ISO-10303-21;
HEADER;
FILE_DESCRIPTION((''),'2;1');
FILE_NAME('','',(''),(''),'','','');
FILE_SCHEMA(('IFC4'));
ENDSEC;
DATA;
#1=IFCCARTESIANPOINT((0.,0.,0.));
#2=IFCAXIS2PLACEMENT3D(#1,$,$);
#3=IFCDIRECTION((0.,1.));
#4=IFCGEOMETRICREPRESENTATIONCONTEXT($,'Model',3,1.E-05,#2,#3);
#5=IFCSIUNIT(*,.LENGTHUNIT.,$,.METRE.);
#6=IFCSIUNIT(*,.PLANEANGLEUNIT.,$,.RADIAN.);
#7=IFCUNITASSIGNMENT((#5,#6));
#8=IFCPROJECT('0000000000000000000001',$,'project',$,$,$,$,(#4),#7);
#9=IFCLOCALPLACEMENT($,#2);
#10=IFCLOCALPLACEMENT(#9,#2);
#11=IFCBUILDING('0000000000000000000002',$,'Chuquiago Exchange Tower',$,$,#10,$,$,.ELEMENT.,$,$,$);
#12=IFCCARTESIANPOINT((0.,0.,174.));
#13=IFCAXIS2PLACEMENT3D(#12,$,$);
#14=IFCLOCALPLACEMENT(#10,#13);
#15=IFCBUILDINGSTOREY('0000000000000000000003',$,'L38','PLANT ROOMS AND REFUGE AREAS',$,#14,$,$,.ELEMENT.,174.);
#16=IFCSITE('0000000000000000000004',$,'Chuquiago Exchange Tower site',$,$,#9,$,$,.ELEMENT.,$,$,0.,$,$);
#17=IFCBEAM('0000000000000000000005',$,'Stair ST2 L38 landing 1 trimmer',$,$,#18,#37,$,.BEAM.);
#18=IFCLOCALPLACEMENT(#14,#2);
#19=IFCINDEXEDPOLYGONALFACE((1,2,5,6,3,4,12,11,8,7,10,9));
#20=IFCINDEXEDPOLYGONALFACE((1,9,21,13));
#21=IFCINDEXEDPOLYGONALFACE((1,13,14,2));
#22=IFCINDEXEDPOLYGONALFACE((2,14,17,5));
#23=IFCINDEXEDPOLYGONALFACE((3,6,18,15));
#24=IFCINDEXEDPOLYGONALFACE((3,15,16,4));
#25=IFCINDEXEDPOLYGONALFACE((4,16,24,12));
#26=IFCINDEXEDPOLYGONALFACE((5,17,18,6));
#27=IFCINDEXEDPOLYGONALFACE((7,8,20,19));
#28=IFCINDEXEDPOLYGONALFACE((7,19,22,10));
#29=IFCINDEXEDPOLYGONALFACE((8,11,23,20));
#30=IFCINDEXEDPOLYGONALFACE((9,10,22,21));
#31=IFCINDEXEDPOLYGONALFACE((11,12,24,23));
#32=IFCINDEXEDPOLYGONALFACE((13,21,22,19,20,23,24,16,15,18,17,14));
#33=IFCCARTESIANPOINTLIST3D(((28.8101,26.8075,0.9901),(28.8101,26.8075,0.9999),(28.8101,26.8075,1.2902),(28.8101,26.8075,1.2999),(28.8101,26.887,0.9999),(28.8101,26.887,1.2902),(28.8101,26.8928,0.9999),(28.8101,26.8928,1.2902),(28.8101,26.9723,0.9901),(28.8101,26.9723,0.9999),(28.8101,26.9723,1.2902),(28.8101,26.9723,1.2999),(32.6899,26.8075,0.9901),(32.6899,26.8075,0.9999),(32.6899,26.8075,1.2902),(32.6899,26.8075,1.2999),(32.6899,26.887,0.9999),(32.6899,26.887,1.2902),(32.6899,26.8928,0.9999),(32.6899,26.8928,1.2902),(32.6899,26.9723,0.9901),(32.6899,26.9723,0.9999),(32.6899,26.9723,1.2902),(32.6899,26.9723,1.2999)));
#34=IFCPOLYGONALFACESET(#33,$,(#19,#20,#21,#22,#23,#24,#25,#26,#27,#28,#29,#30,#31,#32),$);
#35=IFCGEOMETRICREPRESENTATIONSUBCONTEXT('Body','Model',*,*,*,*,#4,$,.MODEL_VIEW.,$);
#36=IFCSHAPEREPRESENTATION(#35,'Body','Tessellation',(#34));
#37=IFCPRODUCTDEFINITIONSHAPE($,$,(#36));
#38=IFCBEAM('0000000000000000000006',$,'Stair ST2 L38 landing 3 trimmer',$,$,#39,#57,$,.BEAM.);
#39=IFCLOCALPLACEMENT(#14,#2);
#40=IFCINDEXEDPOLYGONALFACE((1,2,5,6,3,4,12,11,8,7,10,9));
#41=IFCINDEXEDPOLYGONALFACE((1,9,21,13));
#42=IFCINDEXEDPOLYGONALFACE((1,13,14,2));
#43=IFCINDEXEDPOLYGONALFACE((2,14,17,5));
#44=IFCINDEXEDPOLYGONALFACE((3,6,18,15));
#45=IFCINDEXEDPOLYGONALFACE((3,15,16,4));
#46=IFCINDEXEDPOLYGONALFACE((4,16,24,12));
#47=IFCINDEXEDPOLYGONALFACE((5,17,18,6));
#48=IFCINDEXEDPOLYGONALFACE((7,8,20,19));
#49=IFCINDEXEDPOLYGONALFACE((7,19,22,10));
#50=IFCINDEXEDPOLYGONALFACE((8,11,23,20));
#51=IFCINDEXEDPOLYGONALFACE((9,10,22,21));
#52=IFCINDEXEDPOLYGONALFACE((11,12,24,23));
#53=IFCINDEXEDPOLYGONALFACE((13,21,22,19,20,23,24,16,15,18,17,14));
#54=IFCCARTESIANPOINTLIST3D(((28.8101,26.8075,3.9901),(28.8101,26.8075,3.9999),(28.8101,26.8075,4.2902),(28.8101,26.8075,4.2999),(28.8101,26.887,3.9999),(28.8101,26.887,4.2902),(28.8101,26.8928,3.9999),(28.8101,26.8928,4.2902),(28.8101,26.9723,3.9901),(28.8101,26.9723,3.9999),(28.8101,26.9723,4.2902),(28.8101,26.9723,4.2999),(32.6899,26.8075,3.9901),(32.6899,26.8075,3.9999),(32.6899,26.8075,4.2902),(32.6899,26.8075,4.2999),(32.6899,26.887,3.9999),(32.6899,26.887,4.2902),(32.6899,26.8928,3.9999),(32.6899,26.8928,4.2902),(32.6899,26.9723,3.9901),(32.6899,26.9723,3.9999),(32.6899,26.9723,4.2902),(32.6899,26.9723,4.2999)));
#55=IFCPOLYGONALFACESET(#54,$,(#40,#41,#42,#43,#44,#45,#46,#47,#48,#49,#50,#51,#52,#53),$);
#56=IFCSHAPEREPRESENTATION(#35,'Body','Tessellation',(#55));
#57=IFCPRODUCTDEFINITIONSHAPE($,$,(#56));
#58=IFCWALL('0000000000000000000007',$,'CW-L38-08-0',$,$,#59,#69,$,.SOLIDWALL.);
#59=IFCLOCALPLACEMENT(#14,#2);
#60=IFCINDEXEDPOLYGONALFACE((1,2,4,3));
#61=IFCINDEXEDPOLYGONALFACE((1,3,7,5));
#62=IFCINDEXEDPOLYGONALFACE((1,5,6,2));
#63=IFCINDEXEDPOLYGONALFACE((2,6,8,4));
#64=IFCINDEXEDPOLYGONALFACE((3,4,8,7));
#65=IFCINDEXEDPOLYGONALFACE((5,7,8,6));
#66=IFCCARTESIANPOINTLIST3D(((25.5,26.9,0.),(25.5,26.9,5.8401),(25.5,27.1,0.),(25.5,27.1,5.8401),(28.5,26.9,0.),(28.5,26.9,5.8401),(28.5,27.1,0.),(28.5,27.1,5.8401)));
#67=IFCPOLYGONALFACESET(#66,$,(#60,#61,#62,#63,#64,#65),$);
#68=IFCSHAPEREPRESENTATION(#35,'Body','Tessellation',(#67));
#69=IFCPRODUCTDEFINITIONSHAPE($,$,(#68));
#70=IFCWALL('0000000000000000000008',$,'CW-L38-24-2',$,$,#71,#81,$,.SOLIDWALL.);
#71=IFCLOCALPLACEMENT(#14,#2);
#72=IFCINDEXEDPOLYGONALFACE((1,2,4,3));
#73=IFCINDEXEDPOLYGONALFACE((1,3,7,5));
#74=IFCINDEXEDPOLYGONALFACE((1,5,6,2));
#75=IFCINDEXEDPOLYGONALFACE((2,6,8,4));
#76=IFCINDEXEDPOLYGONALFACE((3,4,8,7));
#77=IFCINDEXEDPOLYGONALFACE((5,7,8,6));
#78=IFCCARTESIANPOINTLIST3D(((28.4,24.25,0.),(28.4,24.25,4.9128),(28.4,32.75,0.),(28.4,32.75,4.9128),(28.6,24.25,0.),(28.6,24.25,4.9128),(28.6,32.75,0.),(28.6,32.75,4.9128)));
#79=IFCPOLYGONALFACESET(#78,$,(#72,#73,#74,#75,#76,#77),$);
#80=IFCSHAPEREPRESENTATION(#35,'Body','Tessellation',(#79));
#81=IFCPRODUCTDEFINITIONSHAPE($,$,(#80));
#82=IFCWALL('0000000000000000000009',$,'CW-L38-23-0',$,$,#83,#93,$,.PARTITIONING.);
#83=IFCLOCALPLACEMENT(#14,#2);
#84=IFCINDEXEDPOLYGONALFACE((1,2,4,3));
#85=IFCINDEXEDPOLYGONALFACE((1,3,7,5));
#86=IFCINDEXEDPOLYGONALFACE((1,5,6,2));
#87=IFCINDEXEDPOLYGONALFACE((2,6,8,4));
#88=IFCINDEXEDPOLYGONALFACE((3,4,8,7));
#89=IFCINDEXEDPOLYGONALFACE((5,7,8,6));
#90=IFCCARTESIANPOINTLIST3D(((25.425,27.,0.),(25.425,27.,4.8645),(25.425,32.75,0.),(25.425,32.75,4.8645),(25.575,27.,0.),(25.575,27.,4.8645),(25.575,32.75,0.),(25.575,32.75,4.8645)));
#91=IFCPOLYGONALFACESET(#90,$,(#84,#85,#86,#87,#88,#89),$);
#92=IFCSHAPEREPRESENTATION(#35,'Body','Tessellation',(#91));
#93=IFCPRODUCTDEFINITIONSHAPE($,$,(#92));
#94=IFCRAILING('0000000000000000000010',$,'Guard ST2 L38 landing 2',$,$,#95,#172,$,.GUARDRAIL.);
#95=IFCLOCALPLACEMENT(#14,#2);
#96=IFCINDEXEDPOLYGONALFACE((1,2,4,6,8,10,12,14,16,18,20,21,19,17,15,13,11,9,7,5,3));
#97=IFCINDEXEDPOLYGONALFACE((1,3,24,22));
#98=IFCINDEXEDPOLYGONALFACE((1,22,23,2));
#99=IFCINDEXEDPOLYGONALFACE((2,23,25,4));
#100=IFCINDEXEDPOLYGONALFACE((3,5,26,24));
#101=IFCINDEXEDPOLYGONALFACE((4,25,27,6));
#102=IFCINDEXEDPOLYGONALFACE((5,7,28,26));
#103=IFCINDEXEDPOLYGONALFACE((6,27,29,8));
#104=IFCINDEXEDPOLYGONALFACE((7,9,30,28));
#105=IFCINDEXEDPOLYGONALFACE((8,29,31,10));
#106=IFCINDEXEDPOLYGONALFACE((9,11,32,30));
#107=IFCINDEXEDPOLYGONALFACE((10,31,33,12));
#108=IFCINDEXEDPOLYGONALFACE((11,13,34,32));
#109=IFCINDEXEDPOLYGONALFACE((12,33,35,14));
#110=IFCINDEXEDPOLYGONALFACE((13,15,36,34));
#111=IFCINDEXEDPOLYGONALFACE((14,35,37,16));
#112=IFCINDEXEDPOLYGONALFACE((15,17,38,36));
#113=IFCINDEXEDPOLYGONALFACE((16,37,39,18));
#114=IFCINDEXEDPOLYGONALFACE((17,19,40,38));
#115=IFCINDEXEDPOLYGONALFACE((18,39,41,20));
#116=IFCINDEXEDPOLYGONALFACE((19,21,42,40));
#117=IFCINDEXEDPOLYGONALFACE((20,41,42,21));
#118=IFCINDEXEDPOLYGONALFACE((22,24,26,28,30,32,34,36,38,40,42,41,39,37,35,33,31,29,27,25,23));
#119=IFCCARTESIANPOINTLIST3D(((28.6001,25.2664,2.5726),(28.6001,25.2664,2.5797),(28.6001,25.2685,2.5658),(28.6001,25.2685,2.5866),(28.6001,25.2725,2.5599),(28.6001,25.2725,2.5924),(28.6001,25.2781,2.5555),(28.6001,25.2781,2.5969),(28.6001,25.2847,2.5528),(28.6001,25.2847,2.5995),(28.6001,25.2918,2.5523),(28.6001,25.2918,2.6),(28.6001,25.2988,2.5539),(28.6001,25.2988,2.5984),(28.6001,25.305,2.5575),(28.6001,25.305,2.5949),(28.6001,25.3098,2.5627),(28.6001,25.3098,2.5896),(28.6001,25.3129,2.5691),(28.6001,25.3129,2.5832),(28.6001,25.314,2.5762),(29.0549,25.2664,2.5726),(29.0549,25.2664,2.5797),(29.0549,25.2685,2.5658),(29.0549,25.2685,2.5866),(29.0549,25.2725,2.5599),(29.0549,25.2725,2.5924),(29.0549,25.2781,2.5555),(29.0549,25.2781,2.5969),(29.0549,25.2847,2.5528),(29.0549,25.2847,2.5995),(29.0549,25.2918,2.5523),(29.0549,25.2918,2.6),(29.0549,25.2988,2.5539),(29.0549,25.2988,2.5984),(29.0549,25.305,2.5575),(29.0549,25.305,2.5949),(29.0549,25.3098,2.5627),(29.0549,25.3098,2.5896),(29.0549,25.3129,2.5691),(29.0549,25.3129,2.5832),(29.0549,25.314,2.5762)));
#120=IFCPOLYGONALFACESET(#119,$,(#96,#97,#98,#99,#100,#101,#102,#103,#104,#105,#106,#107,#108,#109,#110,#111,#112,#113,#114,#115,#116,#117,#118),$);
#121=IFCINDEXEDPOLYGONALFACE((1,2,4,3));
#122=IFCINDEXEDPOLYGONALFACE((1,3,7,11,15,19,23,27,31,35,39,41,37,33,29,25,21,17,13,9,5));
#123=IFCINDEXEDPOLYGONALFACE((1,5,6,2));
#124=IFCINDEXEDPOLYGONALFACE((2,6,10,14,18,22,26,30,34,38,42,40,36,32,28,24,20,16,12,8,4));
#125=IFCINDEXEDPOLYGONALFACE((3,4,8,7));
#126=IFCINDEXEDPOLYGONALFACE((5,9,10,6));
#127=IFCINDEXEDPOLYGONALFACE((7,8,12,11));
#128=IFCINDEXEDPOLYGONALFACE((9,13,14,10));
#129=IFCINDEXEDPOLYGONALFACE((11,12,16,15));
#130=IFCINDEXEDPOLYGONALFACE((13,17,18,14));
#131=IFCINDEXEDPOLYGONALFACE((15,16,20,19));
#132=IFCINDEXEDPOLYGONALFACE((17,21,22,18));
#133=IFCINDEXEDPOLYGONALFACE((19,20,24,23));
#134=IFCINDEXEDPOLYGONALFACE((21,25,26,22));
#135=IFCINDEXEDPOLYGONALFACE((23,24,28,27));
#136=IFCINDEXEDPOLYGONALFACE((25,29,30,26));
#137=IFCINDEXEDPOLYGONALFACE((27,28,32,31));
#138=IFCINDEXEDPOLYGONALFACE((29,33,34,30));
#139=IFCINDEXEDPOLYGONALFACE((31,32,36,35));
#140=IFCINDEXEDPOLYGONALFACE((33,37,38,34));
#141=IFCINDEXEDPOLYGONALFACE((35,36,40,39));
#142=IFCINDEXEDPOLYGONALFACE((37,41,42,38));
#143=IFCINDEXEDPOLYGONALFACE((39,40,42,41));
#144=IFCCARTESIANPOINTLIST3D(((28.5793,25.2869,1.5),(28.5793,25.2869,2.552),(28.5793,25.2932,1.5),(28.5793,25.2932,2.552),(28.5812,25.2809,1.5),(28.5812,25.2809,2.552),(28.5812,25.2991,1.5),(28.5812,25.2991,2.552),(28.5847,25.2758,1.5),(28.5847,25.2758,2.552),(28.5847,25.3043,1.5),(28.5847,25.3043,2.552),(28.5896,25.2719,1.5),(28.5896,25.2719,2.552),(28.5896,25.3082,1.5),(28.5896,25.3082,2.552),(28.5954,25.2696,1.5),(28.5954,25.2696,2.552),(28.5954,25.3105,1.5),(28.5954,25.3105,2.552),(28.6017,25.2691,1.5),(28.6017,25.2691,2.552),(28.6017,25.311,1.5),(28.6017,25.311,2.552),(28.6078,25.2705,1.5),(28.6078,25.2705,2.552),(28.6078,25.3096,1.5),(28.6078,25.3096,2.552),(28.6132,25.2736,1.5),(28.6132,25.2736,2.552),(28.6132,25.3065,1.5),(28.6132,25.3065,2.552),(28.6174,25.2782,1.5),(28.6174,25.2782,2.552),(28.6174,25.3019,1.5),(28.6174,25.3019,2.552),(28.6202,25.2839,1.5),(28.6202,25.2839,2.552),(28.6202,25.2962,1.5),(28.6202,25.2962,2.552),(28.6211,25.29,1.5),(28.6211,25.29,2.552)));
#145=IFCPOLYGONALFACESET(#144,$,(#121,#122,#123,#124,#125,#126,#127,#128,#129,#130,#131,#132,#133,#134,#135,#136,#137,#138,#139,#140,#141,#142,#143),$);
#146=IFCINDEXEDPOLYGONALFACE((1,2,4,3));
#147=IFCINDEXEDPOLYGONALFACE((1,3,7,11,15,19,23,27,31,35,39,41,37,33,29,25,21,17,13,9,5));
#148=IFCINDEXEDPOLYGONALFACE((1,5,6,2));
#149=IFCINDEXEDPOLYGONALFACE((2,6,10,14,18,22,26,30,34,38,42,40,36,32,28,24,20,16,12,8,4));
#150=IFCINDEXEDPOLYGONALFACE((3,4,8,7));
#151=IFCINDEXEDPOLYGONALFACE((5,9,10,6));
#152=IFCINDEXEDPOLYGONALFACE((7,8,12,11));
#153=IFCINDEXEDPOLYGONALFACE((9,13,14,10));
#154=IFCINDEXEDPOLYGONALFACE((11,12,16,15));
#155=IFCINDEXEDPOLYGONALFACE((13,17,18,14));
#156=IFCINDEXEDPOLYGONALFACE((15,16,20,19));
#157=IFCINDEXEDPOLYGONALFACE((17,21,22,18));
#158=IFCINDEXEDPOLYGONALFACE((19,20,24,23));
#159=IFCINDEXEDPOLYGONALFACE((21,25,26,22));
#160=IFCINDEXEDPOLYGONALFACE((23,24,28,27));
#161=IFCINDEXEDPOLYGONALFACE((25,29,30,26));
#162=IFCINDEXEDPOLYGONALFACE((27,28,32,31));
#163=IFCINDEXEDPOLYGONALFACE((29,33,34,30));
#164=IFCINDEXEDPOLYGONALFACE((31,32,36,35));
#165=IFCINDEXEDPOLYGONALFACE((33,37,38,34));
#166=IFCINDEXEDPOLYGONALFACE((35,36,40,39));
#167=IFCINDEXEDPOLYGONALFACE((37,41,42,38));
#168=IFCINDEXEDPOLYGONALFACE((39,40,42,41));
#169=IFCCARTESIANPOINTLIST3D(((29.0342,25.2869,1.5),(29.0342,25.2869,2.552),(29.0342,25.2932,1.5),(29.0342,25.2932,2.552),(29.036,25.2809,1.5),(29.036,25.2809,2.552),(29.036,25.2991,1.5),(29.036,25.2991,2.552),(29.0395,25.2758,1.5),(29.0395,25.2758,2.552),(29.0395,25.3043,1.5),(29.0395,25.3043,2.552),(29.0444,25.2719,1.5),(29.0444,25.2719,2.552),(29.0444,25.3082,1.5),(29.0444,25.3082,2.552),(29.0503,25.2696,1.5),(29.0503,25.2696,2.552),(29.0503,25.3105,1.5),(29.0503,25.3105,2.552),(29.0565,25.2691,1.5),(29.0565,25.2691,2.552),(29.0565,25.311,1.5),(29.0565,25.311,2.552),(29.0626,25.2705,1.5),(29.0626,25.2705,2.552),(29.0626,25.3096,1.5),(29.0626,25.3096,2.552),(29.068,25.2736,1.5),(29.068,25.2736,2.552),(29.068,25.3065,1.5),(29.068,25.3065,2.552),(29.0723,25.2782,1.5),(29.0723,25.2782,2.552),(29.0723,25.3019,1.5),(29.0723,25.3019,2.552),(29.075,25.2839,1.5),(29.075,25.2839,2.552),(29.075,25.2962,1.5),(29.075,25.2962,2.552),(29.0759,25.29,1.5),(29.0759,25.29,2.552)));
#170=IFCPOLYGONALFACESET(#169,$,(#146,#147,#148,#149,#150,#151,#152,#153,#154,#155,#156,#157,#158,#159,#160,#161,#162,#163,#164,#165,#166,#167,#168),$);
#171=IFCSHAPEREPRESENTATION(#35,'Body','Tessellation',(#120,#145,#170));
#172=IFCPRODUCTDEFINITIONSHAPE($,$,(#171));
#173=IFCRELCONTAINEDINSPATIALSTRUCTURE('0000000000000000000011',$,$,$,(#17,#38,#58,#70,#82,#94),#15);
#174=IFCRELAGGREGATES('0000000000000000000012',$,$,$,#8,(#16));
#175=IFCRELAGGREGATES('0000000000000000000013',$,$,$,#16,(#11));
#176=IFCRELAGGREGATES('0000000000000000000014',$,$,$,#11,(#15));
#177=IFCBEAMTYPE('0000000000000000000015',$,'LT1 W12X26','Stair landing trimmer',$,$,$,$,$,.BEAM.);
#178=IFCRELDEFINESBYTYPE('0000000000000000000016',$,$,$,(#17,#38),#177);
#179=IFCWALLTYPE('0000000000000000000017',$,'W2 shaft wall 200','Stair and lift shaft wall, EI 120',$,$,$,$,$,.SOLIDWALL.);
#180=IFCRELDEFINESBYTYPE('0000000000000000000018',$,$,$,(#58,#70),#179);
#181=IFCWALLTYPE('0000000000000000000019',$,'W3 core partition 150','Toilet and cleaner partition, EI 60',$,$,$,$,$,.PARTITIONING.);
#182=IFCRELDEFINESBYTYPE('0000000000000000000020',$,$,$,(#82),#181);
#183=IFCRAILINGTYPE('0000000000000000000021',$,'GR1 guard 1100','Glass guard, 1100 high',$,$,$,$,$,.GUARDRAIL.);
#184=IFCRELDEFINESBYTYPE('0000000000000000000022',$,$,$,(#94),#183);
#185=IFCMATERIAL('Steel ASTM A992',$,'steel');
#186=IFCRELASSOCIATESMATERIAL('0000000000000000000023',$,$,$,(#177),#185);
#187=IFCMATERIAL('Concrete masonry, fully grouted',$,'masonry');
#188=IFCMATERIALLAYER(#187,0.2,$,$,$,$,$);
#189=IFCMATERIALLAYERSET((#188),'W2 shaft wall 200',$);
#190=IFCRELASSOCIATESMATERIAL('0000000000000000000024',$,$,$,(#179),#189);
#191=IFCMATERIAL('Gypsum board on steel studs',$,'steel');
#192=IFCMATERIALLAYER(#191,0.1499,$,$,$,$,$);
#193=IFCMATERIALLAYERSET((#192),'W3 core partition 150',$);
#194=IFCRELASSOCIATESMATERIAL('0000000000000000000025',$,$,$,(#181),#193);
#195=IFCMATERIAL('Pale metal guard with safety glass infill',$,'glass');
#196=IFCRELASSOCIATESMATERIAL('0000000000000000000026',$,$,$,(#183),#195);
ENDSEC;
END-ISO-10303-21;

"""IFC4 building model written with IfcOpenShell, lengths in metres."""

from ifc_helpers import new_model, si_unit, direction, frame, frame_2d, origin, origin_2d, place, context, subcontext, project, spatial, rectangle, circle, i_section, extrude, material, layer, layer_set, material_profile, profile_set, type_object, element, save


model = new_model("IFC4")

# Units and contexts
model_context = context("Model", 3, precision=1e-05, world=origin(), true_north=direction((0.0, 1.0)))
body_context = subcontext(model_context, "Body", "Model", "MODEL_VIEW")
ifc_project = project(units=[si_unit("LENGTHUNIT", "METRE"), si_unit("PLANEANGLEUNIT", "RADIAN")], contexts=[model_context])

# Site, building, storey
site_placement = place(None, origin())
site = spatial("IfcSite", under=ifc_project, at=site_placement, Name="Chuquiago Exchange Tower site", CompositionType="ELEMENT", RefElevation=0.0)
building_placement = place(site_placement, origin())
building = spatial("IfcBuilding", under=site, at=building_placement, Name="Chuquiago Exchange Tower", CompositionType="ELEMENT")
storey_placement = place(building_placement, frame((0.0, 0.0, 174.0)))
storey = spatial("IfcBuildingStorey", under=building, at=storey_placement, Name="L38", Description="PLANT ROOMS AND REFUGE AREAS", CompositionType="ELEMENT", Elevation=174.0)

# Beams
ifc_material_1 = material(Name="Steel ASTM A992", Category="steel")
ifc_material_profile_1 = material_profile(ifc_material_1, i_section(OverallWidth=0.1648, OverallDepth=0.3098, WebThickness=0.0059, FlangeThickness=0.0098, at=origin_2d()), Name="W12X26")
ifc_profile_set_1 = profile_set([ifc_material_profile_1], Name="Steel ASTM A992")
beam_type_1 = type_object("IfcBeamType", Name="LT1 W12X26", Description="Stair landing trimmer", PredefinedType="BEAM", material=ifc_profile_set_1)
for number, where, z_axis, x_axis, name in (
    (1, (28.8101, 26.8899, 1.145), (1.0, 0.0, 0.0), (0.0, 1.0, 0.0), "Stair ST2 L38 landing 1 trimmer"),
    (2, (28.8101, 26.8899, 4.145), (1.0, 0.0, 0.0), (0.0, 1.0, 0.0), "Stair ST2 L38 landing 3 trimmer"),
):
    element("IfcBeam", number, at=place(storey_placement, frame(where, z_axis=z_axis, x_axis=x_axis)), inside=storey, type_object=beam_type_1, Name=name, PredefinedType="BEAM", context=body_context, shape_type="SweptSolid", body=[
        extrude(i_section(OverallWidth=0.1648, OverallDepth=0.3098, WebThickness=0.0059, FlangeThickness=0.0098, at=origin_2d()), origin(), (0.0, 0.0, 1.0), 3.8799),
    ])

# Walls
ifc_material_2 = material(Name="Concrete masonry, fully grouted", Category="masonry")
ifc_layer_1 = layer(ifc_material_2, 0.2)
ifc_layer_set_1 = layer_set([ifc_layer_1], Name="W2 shaft wall 200")
wall_type_1 = type_object("IfcWallType", Name="W2 shaft wall 200", Description="Stair and lift shaft wall, EI 120", PredefinedType="SOLIDWALL", material=ifc_layer_set_1)
wall_1_placement = place(storey_placement, frame((25.5, 27.0, 0.0), z_axis=(0.0, 0.0, 1.0), x_axis=(1.0, 0.0, 0.0)))
element("IfcWall", 3, at=wall_1_placement, inside=storey, type_object=wall_type_1, Name="CW-L38-08-0", PredefinedType="SOLIDWALL", context=body_context, shape_type="SweptSolid", body=[
    extrude(rectangle(XDim=3.0, YDim=0.2, at=frame_2d((1.5, 0.0))), origin(), (0.0, 0.0, 1.0), 5.8401),
])
wall_2_placement = place(storey_placement, frame((28.5, 24.25, 0.0), z_axis=(0.0, 0.0, 1.0), x_axis=(0.0, 1.0, 0.0)))
element("IfcWall", 4, at=wall_2_placement, inside=storey, type_object=wall_type_1, Name="CW-L38-24-2", PredefinedType="SOLIDWALL", context=body_context, shape_type="SweptSolid", body=[
    extrude(rectangle(XDim=8.5, YDim=0.2, at=frame_2d((4.25, 0.0))), origin(), (0.0, 0.0, 1.0), 4.9128),
])
ifc_material_3 = material(Name="Gypsum board on steel studs", Category="steel")
ifc_layer_2 = layer(ifc_material_3, 0.1499)
ifc_layer_set_2 = layer_set([ifc_layer_2], Name="W3 core partition 150")
wall_type_2 = type_object("IfcWallType", Name="W3 core partition 150", Description="Toilet and cleaner partition, EI 60", PredefinedType="PARTITIONING", material=ifc_layer_set_2)
wall_3_placement = place(storey_placement, frame((25.5, 27.0, 0.0), z_axis=(0.0, 0.0, 1.0), x_axis=(0.0, 1.0, 0.0)))
element("IfcWall", 5, at=wall_3_placement, inside=storey, type_object=wall_type_2, Name="CW-L38-23-0", PredefinedType="PARTITIONING", context=body_context, shape_type="SweptSolid", body=[
    extrude(rectangle(XDim=5.75, YDim=0.1499, at=frame_2d((2.875, 0.0))), origin(), (0.0, 0.0, 1.0), 4.8645),
])

# Railing
ifc_material_4 = material(Name="Pale metal guard with safety glass infill", Category="glass")
railing_type_1 = type_object("IfcRailingType", Name="GR1 guard 1100", Description="Glass guard, 1100 high", PredefinedType="GUARDRAIL", material=ifc_material_4)
for number, where, name in (
    (6, (28.6001, 25.29, 1.5), "Guard ST2 L38 landing 2"),
):
    element("IfcRailing", number, at=place(storey_placement, frame(where)), inside=storey, type_object=railing_type_1, Name=name, PredefinedType="GUARDRAIL", context=body_context, shape_type="SweptSolid", body=[
        extrude(circle(Radius=0.0239, at=origin_2d()), frame((0.0, 0.0, 1.0762), z_axis=(1.0, 0.0, 0.0), x_axis=(0.0, 1.0, 0.0)), (0.0, 0.0, 1.0), 0.4548),
        extrude(circle(Radius=0.021, at=origin_2d()), origin(), (0.0, 0.0, 1.0), 1.052),
        extrude(circle(Radius=0.021, at=origin_2d()), frame((0.4548, 0.0, 0.0)), (0.0, 0.0, 1.0), 1.052),
    ])

save(model, "model.ifc")
